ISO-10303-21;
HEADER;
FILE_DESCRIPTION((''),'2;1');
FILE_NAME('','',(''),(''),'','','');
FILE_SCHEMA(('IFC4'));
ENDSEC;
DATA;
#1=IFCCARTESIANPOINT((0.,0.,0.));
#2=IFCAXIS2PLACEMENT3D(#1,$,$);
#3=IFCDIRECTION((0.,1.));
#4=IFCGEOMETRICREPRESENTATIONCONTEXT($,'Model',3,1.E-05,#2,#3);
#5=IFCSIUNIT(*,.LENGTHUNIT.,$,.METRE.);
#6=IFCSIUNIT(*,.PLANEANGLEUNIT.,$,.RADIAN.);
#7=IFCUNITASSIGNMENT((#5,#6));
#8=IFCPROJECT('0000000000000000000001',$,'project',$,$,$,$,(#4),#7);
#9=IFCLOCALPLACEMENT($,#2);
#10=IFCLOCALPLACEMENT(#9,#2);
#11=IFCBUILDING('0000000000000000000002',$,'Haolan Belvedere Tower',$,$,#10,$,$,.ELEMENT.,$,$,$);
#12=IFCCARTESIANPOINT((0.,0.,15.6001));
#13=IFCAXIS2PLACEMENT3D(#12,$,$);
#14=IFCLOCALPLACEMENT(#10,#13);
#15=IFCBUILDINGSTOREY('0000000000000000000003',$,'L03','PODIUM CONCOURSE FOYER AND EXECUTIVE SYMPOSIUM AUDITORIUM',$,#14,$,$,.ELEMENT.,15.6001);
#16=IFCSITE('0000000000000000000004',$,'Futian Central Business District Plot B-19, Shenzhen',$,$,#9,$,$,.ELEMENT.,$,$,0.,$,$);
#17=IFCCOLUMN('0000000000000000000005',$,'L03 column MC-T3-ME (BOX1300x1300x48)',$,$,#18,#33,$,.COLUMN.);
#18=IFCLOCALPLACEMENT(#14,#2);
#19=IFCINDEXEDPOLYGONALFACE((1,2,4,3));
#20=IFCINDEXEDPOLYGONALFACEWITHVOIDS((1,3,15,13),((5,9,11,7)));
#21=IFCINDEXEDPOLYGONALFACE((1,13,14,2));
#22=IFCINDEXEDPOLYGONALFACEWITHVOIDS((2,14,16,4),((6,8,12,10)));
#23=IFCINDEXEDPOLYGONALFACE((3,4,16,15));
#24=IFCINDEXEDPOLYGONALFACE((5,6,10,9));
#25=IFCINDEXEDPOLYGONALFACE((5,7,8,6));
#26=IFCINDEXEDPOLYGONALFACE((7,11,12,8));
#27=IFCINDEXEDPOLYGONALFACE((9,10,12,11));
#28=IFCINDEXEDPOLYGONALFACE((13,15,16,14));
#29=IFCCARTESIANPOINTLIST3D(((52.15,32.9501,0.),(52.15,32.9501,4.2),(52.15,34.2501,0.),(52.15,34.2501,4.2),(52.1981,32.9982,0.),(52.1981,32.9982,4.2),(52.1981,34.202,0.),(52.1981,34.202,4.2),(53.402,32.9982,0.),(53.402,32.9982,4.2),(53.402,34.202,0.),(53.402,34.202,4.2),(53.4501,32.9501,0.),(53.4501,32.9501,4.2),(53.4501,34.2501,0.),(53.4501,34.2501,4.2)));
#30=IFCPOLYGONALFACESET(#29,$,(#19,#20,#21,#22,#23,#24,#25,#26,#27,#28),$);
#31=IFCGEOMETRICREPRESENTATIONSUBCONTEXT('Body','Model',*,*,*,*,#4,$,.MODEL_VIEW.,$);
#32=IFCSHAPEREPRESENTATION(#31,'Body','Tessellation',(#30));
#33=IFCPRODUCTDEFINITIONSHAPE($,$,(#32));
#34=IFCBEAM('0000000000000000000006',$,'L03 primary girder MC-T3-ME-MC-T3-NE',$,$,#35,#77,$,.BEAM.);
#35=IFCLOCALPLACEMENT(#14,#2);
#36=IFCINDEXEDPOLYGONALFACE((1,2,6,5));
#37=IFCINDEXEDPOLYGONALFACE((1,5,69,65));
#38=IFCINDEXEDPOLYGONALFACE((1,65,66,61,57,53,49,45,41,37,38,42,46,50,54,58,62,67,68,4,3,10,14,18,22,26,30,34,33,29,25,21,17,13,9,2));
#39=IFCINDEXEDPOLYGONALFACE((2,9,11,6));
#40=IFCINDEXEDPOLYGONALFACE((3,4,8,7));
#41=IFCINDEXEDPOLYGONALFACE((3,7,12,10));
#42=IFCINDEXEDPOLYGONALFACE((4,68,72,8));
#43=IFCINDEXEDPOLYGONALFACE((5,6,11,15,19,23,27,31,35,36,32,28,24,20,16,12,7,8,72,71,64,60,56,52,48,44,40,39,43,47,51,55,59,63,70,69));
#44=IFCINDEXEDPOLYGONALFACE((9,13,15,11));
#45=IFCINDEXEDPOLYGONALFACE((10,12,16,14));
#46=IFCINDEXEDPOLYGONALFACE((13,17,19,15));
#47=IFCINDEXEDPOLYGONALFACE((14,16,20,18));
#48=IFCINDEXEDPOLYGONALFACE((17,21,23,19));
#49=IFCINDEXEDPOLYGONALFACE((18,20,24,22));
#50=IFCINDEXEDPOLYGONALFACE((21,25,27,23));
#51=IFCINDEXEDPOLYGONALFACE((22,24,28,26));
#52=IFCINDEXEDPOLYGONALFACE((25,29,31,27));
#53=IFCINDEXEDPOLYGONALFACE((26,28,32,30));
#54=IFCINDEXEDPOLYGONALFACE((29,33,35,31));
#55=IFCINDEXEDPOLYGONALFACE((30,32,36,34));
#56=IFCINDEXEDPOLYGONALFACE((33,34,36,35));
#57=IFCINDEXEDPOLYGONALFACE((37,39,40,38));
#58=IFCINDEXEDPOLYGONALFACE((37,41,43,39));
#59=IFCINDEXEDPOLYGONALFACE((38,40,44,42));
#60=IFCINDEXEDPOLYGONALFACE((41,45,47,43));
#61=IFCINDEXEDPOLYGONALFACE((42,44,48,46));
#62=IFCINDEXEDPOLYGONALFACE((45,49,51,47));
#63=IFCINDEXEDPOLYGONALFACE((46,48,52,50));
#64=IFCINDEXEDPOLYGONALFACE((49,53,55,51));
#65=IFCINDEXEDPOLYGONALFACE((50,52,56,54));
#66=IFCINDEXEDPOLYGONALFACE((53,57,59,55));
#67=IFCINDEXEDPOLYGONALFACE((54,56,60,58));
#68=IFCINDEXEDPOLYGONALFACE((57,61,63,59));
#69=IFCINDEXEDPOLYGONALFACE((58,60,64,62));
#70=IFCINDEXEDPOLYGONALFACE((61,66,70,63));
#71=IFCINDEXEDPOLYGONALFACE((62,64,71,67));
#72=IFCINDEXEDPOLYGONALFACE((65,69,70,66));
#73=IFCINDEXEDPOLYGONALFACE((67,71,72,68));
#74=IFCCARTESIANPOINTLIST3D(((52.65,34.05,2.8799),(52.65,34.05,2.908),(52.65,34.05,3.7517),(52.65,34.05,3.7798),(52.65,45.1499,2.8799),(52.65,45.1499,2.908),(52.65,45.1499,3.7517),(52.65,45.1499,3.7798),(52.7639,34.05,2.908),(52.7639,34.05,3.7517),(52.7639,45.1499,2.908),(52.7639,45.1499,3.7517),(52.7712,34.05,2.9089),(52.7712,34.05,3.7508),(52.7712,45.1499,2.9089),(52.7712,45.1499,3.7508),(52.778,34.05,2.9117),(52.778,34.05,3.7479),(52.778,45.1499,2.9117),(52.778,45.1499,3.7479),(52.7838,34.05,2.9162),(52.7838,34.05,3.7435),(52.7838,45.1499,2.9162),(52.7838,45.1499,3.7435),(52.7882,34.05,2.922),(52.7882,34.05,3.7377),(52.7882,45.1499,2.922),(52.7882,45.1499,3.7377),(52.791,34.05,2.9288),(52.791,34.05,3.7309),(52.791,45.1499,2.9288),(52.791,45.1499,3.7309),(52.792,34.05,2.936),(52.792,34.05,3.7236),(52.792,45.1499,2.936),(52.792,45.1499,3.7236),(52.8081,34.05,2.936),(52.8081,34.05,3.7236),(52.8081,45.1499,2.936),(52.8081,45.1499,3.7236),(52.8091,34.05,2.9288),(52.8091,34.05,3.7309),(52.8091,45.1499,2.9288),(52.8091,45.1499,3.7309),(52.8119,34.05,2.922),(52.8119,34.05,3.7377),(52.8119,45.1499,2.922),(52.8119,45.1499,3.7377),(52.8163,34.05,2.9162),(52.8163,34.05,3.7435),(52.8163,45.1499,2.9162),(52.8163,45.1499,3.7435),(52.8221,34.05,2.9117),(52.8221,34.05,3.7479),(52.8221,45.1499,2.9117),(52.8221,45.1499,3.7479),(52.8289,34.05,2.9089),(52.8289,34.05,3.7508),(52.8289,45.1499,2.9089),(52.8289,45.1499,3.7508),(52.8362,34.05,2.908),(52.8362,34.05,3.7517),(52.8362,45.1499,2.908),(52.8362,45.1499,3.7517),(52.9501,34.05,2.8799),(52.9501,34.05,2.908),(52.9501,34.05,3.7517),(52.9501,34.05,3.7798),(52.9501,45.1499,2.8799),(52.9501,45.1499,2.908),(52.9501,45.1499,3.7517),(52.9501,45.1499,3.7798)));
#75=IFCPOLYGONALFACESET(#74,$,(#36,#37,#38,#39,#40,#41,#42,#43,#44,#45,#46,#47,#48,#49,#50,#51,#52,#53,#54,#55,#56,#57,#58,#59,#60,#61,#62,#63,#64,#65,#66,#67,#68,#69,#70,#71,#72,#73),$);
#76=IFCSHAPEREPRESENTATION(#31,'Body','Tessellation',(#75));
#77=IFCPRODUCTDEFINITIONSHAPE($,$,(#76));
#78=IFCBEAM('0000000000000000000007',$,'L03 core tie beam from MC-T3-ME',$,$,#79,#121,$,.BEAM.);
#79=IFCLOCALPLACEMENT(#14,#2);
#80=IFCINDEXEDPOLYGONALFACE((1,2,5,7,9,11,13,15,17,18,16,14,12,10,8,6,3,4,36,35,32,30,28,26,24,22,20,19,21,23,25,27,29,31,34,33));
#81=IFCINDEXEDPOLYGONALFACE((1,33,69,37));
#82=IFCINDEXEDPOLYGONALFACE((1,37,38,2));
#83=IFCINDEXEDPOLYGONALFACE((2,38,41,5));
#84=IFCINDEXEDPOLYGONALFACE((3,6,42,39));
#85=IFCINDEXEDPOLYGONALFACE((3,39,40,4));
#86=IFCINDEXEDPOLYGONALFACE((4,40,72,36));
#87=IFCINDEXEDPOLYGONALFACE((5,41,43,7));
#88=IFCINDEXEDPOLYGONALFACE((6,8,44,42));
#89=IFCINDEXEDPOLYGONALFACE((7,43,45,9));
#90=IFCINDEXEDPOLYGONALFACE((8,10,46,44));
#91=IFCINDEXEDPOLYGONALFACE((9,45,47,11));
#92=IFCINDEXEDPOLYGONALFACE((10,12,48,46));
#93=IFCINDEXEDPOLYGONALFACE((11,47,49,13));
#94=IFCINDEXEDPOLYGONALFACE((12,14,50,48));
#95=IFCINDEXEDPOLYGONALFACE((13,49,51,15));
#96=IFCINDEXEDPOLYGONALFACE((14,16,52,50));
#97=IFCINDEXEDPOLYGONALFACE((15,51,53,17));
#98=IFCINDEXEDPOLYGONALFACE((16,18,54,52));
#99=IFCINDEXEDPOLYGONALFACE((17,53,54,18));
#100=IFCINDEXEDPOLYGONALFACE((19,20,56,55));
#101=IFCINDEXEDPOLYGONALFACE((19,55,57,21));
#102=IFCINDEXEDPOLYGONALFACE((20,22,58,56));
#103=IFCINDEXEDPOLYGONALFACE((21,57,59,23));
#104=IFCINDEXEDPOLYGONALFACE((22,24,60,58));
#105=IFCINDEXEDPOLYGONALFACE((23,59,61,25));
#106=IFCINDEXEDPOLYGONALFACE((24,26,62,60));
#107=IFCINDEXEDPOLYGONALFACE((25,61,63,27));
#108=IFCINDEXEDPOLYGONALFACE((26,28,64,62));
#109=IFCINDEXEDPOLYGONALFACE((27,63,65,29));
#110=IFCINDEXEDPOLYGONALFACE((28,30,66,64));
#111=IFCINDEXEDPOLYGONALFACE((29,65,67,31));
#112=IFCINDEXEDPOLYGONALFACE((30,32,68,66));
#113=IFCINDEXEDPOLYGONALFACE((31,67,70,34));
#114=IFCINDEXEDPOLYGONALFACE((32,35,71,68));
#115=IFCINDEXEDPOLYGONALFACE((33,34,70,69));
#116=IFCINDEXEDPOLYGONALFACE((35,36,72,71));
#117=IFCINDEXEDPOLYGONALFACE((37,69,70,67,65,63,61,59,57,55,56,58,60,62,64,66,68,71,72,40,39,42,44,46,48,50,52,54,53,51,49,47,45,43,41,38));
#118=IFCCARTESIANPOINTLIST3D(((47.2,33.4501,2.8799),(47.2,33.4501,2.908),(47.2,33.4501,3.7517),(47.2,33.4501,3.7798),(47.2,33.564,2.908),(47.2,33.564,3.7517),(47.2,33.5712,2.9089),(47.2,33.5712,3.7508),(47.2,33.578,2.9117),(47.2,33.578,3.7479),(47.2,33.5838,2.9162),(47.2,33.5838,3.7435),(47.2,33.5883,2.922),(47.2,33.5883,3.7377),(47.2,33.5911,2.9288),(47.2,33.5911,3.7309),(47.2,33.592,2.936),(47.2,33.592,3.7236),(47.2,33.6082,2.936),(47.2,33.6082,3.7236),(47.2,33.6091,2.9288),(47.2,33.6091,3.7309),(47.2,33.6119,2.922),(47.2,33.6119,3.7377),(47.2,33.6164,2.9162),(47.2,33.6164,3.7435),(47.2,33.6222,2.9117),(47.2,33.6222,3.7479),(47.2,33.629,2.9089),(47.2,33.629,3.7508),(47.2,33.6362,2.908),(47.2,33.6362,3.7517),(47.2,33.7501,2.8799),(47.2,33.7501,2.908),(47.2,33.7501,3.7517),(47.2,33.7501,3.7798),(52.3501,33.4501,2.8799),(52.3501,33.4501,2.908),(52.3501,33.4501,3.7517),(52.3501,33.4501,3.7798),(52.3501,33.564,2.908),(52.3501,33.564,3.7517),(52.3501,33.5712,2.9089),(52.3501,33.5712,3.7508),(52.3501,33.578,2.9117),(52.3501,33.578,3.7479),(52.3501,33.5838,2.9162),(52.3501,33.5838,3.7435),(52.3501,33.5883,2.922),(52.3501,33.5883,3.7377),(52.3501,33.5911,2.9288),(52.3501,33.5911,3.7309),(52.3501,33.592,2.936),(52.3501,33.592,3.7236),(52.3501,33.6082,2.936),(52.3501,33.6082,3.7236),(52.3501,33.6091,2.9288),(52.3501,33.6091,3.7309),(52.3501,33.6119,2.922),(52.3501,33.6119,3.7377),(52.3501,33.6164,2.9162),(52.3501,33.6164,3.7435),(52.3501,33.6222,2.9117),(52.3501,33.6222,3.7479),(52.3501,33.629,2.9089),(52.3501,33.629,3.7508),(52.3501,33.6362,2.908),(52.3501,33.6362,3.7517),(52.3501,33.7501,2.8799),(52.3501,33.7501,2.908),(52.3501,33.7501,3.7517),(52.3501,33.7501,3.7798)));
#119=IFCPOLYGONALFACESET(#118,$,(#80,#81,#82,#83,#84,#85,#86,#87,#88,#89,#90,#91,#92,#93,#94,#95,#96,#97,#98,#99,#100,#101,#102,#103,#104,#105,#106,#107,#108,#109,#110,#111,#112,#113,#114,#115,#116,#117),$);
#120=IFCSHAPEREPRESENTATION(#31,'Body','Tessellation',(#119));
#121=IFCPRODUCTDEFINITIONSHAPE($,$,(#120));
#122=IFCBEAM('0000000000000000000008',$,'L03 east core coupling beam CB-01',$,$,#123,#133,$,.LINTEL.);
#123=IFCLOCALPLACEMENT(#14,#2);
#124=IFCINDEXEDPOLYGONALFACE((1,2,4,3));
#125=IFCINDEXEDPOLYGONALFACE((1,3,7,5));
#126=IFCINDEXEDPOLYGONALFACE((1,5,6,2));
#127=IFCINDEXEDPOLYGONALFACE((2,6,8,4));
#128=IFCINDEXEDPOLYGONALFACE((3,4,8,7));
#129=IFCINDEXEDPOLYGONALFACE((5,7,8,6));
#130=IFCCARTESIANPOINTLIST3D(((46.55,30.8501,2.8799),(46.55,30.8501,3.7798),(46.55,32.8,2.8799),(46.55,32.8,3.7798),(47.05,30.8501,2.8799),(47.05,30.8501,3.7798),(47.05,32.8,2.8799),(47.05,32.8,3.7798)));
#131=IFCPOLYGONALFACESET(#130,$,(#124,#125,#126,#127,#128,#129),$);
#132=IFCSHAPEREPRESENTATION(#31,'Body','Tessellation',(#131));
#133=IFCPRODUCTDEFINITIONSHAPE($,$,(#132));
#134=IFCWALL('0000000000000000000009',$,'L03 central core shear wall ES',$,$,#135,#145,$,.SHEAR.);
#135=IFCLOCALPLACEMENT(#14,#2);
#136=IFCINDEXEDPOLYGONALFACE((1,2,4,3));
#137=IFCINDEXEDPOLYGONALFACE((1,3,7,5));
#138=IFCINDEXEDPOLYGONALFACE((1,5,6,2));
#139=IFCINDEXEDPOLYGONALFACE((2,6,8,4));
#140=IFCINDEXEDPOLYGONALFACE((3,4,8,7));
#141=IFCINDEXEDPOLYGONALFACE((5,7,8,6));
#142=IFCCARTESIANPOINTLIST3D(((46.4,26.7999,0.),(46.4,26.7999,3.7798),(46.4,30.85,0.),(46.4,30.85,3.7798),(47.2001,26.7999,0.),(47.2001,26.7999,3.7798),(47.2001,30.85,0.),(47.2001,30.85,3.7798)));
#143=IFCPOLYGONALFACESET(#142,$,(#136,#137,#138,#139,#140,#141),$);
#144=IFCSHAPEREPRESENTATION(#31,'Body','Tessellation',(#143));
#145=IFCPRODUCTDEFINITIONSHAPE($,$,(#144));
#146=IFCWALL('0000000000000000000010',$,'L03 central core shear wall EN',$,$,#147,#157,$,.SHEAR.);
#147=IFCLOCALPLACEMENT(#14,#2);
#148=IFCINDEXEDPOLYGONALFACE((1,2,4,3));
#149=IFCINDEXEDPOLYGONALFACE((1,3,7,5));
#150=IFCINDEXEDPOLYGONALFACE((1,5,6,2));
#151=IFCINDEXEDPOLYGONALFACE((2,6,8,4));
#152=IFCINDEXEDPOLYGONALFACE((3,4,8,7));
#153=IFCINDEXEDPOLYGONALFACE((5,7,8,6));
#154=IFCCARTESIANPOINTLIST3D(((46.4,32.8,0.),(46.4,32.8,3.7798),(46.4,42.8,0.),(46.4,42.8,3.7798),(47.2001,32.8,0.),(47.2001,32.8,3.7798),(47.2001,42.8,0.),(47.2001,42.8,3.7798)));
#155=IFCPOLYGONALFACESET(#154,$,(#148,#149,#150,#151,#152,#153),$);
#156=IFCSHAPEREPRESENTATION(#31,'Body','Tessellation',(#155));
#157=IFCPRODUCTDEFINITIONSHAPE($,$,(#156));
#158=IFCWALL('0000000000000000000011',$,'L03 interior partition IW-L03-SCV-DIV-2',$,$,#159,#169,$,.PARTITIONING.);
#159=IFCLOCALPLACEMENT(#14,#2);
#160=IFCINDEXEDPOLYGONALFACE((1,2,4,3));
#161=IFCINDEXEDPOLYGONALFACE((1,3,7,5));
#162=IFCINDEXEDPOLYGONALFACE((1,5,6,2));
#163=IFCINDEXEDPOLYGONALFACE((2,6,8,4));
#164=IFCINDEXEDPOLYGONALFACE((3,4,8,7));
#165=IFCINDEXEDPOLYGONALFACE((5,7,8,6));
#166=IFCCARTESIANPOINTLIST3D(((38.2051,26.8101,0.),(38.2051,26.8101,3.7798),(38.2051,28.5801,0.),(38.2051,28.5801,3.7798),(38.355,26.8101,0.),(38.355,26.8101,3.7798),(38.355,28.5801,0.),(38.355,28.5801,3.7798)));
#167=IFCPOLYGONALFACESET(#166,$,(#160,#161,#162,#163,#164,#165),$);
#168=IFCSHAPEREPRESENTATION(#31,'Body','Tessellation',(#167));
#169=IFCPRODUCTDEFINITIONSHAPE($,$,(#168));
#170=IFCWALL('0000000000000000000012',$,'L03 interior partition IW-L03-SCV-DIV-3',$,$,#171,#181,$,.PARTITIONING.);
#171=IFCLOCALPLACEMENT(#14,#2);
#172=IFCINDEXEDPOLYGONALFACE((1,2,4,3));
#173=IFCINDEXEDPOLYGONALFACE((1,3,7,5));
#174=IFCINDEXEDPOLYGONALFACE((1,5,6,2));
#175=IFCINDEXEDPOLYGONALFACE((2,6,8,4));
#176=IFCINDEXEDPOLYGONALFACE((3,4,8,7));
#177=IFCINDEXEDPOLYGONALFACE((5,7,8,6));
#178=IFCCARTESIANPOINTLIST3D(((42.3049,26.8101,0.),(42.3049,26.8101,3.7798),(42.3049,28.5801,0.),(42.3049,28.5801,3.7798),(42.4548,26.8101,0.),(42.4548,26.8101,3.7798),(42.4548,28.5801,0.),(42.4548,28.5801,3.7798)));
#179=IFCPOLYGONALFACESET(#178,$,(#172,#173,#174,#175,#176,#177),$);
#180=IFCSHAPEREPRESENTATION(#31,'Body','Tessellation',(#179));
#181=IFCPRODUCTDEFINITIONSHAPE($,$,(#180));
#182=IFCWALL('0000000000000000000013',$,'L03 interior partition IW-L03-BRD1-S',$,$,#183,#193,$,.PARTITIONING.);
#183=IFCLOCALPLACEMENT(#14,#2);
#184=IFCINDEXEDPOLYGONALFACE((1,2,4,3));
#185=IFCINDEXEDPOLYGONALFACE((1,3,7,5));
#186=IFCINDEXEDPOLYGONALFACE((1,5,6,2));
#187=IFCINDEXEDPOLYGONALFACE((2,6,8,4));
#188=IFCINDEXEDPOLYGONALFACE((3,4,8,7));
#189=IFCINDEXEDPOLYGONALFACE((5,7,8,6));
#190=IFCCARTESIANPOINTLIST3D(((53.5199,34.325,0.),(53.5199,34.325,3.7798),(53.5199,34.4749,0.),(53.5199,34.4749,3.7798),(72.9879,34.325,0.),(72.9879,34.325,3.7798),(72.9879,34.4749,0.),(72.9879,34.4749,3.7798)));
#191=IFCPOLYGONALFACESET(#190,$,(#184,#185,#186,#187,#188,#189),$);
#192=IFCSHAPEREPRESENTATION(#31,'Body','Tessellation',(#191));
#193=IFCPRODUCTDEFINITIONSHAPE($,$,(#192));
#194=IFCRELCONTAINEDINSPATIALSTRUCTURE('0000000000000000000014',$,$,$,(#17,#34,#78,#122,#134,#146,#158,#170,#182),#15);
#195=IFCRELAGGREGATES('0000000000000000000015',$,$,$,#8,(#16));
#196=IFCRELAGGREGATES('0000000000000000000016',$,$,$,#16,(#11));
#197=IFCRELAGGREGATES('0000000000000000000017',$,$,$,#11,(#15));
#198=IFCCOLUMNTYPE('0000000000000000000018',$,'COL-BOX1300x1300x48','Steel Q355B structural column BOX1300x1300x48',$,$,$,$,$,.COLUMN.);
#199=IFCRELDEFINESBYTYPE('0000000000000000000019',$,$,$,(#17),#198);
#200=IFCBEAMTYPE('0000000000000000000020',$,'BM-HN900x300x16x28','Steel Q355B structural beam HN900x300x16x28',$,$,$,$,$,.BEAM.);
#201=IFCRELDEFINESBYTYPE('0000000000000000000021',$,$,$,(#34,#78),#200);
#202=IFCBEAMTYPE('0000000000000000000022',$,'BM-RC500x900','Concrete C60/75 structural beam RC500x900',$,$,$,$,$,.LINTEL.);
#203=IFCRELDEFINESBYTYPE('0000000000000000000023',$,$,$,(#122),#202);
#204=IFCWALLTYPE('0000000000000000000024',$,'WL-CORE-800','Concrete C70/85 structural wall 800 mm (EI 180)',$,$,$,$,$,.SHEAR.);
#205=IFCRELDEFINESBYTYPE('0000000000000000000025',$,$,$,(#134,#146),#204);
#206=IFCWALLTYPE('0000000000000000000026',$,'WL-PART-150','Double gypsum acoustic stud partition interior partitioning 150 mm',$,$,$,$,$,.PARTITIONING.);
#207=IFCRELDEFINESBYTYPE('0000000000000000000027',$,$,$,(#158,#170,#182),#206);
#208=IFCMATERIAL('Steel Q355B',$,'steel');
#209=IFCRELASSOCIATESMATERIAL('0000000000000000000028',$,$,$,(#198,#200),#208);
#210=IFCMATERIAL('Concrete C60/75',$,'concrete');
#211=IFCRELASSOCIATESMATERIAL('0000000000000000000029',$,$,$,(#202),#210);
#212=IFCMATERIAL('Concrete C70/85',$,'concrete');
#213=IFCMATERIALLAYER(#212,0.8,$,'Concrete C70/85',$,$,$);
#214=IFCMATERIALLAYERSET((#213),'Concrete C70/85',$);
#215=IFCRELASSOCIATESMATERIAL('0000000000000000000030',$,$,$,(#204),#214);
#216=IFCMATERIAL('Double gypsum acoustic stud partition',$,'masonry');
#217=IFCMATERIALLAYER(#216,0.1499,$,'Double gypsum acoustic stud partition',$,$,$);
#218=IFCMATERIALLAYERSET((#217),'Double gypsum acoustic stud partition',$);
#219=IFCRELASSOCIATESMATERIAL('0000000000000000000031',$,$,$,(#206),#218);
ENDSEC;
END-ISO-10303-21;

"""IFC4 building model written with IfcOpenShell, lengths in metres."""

from ifc_helpers import new_model, si_unit, direction, frame, frame_2d, origin, origin_2d, place, context, subcontext, project, spatial, rectangle, hollow_rectangle, i_section, extrude, material, layer, layer_set, material_profile, profile_set, type_object, element, save


model = new_model("IFC4")

# Units and contexts
model_context = context("Model", 3, precision=1e-05, world=origin(), true_north=direction((0.0, 1.0)))
body_context = subcontext(model_context, "Body", "Model", "MODEL_VIEW")
ifc_project = project(units=[si_unit("LENGTHUNIT", "METRE"), si_unit("PLANEANGLEUNIT", "RADIAN")], contexts=[model_context])

# Site, building, storey
site_placement = place(None, origin())
site = spatial("IfcSite", under=ifc_project, at=site_placement, Name="Futian Central Business District Plot B-19, Shenzhen", CompositionType="ELEMENT", RefElevation=0.0)
building_placement = place(site_placement, origin())
building = spatial("IfcBuilding", under=site, at=building_placement, Name="Haolan Belvedere Tower", CompositionType="ELEMENT")
storey_placement = place(building_placement, frame((0.0, 0.0, 15.6001)))
storey = spatial("IfcBuildingStorey", under=building, at=storey_placement, Name="L03", Description="PODIUM CONCOURSE FOYER AND EXECUTIVE SYMPOSIUM AUDITORIUM", CompositionType="ELEMENT", Elevation=15.6001)

# Column
ifc_material_1 = material(Name="Steel Q355B", Category="steel")
ifc_material_profile_1 = material_profile(ifc_material_1, hollow_rectangle(XDim=1.3, YDim=1.3, WallThickness=0.0481, at=origin_2d()), Name="Steel Q355B")
ifc_profile_set_1 = profile_set([ifc_material_profile_1], Name="Steel Q355B")
column_type = type_object("IfcColumnType", Name="COL-BOX1300x1300x48", Description="Steel Q355B structural column BOX1300x1300x48", PredefinedType="COLUMN", material=ifc_profile_set_1)
column_placement = place(storey_placement, frame((52.8, 33.6001, 0.0), z_axis=(0.0, 0.0, 1.0), x_axis=(1.0, 0.0, 0.0)))
element("IfcColumn", 1, at=column_placement, inside=storey, type_object=column_type, Name="L03 column MC-T3-ME (BOX1300x1300x48)", PredefinedType="COLUMN", context=body_context, shape_type="SweptSolid", body=[
    extrude(hollow_rectangle(XDim=1.3, YDim=1.3, WallThickness=0.0481, at=origin_2d()), origin(), (0.0, 0.0, 1.0), 4.2),
])

# Beams
ifc_material_profile_2 = material_profile(ifc_material_1, i_section(OverallWidth=0.3, OverallDepth=0.8999, WebThickness=0.0161, FlangeThickness=0.0281, FilletRadius=0.0281, at=origin_2d()), Name="Steel Q355B")
ifc_profile_set_2 = profile_set([ifc_material_profile_2], Name="Steel Q355B")
beam_type_1 = type_object("IfcBeamType", Name="BM-HN900x300x16x28", Description="Steel Q355B structural beam HN900x300x16x28", PredefinedType="BEAM", material=ifc_profile_set_2)
beam_1_placement = place(storey_placement, frame((52.8, 34.05, 3.3298), z_axis=(0.0, 1.0, 0.0), x_axis=(-1.0, 0.0, 0.0)))
element("IfcBeam", 2, at=beam_1_placement, inside=storey, type_object=beam_type_1, Name="L03 primary girder MC-T3-ME-MC-T3-NE", PredefinedType="BEAM", context=body_context, shape_type="SweptSolid", body=[
    extrude(i_section(OverallWidth=0.3, OverallDepth=0.8999, WebThickness=0.0161, FlangeThickness=0.0281, FilletRadius=0.0281, at=origin_2d()), origin(), (0.0, 0.0, 1.0), 11.0999),
])
beam_2_placement = place(storey_placement, frame((52.3501, 33.6001, 3.3298), z_axis=(-1.0, 0.0, 0.0), x_axis=(0.0, -1.0, 0.0)))
element("IfcBeam", 3, at=beam_2_placement, inside=storey, type_object=beam_type_1, Name="L03 core tie beam from MC-T3-ME", PredefinedType="BEAM", context=body_context, shape_type="SweptSolid", body=[
    extrude(i_section(OverallWidth=0.3, OverallDepth=0.8999, WebThickness=0.0161, FlangeThickness=0.0281, FilletRadius=0.0281, at=origin_2d()), origin(), (0.0, 0.0, 1.0), 5.1501),
])
ifc_material_2 = material(Name="Concrete C60/75", Category="concrete")
ifc_material_profile_3 = material_profile(ifc_material_2, rectangle(XDim=0.5, YDim=0.8999, at=origin_2d()), Name="Concrete C60/75")
ifc_profile_set_3 = profile_set([ifc_material_profile_3], Name="Concrete C60/75")
beam_type_2 = type_object("IfcBeamType", Name="BM-RC500x900", Description="Concrete C60/75 structural beam RC500x900", PredefinedType="LINTEL", material=ifc_profile_set_3)
beam_3_placement = place(storey_placement, frame((46.8, 30.8501, 3.3298), z_axis=(0.0, 1.0, 0.0), x_axis=(-1.0, 0.0, 0.0)))
element("IfcBeam", 4, at=beam_3_placement, inside=storey, type_object=beam_type_2, Name="L03 east core coupling beam CB-01", PredefinedType="LINTEL", context=body_context, shape_type="SweptSolid", body=[
    extrude(rectangle(XDim=0.5, YDim=0.8999, at=origin_2d()), origin(), (0.0, 0.0, 1.0), 1.95),
])

# Walls
ifc_material_3 = material(Name="Concrete C70/85", Category="concrete")
ifc_layer_1 = layer(ifc_material_3, 0.8, Name="Concrete C70/85")
ifc_layer_set_1 = layer_set([ifc_layer_1], Name="Concrete C70/85")
wall_type_1 = type_object("IfcWallType", Name="WL-CORE-800", Description="Concrete C70/85 structural wall 800 mm (EI 180)", PredefinedType="SHEAR", material=ifc_layer_set_1)
wall_1_placement = place(storey_placement, frame((46.8, 26.8, 0.0), z_axis=(0.0, 0.0, 1.0), x_axis=(0.0, 1.0, 0.0)))
element("IfcWall", 5, at=wall_1_placement, inside=storey, type_object=wall_type_1, Name="L03 central core shear wall ES", PredefinedType="SHEAR", context=body_context, shape_type="SweptSolid", body=[
    extrude(rectangle(XDim=4.05, YDim=0.8, at=frame_2d((2.0249, 0.0))), origin(), (0.0, 0.0, 1.0), 3.7798),
])
wall_2_placement = place(storey_placement, frame((46.8, 32.8, 0.0), z_axis=(0.0, 0.0, 1.0), x_axis=(0.0, 1.0, 0.0)))
element("IfcWall", 6, at=wall_2_placement, inside=storey, type_object=wall_type_1, Name="L03 central core shear wall EN", PredefinedType="SHEAR", context=body_context, shape_type="SweptSolid", body=[
    extrude(rectangle(XDim=10.0, YDim=0.8, at=frame_2d((5.0, 0.0))), origin(), (0.0, 0.0, 1.0), 3.7798),
])
ifc_material_4 = material(Name="Double gypsum acoustic stud partition", Category="masonry")
ifc_layer_2 = layer(ifc_material_4, 0.1499, Name="Double gypsum acoustic stud partition")
ifc_layer_set_2 = layer_set([ifc_layer_2], Name="Double gypsum acoustic stud partition")
wall_type_2 = type_object("IfcWallType", Name="WL-PART-150", Description="Double gypsum acoustic stud partition interior partitioning 150 mm", PredefinedType="PARTITIONING", material=ifc_layer_set_2)
for number, where, z_axis, x_axis, name in (
    (7, (38.28, 26.8101, 0.0), (0.0, 0.0, 1.0), (0.0, 1.0, 0.0), "L03 interior partition IW-L03-SCV-DIV-2"),
    (8, (42.3799, 26.8101, 0.0), (0.0, 0.0, 1.0), (0.0, 1.0, 0.0), "L03 interior partition IW-L03-SCV-DIV-3"),
):
    element("IfcWall", number, at=place(storey_placement, frame(where, z_axis=z_axis, x_axis=x_axis)), inside=storey, type_object=wall_type_2, Name=name, PredefinedType="PARTITIONING", context=body_context, shape_type="SweptSolid", body=[
        extrude(rectangle(XDim=1.77, YDim=0.1499, at=frame_2d((0.885, 0.0))), origin(), (0.0, 0.0, 1.0), 3.7798),
    ])
wall_3_placement = place(storey_placement, frame((53.52, 34.3999, 0.0), z_axis=(0.0, 0.0, 1.0), x_axis=(1.0, 0.0, 0.0)))
element("IfcWall", 9, at=wall_3_placement, inside=storey, type_object=wall_type_2, Name="L03 interior partition IW-L03-BRD1-S", PredefinedType="PARTITIONING", context=body_context, shape_type="SweptSolid", body=[
    extrude(rectangle(XDim=19.468, YDim=0.1499, at=frame_2d((9.7339, 0.0))), origin(), (0.0, 0.0, 1.0), 3.7798),
])

save(model, "model.ifc")
